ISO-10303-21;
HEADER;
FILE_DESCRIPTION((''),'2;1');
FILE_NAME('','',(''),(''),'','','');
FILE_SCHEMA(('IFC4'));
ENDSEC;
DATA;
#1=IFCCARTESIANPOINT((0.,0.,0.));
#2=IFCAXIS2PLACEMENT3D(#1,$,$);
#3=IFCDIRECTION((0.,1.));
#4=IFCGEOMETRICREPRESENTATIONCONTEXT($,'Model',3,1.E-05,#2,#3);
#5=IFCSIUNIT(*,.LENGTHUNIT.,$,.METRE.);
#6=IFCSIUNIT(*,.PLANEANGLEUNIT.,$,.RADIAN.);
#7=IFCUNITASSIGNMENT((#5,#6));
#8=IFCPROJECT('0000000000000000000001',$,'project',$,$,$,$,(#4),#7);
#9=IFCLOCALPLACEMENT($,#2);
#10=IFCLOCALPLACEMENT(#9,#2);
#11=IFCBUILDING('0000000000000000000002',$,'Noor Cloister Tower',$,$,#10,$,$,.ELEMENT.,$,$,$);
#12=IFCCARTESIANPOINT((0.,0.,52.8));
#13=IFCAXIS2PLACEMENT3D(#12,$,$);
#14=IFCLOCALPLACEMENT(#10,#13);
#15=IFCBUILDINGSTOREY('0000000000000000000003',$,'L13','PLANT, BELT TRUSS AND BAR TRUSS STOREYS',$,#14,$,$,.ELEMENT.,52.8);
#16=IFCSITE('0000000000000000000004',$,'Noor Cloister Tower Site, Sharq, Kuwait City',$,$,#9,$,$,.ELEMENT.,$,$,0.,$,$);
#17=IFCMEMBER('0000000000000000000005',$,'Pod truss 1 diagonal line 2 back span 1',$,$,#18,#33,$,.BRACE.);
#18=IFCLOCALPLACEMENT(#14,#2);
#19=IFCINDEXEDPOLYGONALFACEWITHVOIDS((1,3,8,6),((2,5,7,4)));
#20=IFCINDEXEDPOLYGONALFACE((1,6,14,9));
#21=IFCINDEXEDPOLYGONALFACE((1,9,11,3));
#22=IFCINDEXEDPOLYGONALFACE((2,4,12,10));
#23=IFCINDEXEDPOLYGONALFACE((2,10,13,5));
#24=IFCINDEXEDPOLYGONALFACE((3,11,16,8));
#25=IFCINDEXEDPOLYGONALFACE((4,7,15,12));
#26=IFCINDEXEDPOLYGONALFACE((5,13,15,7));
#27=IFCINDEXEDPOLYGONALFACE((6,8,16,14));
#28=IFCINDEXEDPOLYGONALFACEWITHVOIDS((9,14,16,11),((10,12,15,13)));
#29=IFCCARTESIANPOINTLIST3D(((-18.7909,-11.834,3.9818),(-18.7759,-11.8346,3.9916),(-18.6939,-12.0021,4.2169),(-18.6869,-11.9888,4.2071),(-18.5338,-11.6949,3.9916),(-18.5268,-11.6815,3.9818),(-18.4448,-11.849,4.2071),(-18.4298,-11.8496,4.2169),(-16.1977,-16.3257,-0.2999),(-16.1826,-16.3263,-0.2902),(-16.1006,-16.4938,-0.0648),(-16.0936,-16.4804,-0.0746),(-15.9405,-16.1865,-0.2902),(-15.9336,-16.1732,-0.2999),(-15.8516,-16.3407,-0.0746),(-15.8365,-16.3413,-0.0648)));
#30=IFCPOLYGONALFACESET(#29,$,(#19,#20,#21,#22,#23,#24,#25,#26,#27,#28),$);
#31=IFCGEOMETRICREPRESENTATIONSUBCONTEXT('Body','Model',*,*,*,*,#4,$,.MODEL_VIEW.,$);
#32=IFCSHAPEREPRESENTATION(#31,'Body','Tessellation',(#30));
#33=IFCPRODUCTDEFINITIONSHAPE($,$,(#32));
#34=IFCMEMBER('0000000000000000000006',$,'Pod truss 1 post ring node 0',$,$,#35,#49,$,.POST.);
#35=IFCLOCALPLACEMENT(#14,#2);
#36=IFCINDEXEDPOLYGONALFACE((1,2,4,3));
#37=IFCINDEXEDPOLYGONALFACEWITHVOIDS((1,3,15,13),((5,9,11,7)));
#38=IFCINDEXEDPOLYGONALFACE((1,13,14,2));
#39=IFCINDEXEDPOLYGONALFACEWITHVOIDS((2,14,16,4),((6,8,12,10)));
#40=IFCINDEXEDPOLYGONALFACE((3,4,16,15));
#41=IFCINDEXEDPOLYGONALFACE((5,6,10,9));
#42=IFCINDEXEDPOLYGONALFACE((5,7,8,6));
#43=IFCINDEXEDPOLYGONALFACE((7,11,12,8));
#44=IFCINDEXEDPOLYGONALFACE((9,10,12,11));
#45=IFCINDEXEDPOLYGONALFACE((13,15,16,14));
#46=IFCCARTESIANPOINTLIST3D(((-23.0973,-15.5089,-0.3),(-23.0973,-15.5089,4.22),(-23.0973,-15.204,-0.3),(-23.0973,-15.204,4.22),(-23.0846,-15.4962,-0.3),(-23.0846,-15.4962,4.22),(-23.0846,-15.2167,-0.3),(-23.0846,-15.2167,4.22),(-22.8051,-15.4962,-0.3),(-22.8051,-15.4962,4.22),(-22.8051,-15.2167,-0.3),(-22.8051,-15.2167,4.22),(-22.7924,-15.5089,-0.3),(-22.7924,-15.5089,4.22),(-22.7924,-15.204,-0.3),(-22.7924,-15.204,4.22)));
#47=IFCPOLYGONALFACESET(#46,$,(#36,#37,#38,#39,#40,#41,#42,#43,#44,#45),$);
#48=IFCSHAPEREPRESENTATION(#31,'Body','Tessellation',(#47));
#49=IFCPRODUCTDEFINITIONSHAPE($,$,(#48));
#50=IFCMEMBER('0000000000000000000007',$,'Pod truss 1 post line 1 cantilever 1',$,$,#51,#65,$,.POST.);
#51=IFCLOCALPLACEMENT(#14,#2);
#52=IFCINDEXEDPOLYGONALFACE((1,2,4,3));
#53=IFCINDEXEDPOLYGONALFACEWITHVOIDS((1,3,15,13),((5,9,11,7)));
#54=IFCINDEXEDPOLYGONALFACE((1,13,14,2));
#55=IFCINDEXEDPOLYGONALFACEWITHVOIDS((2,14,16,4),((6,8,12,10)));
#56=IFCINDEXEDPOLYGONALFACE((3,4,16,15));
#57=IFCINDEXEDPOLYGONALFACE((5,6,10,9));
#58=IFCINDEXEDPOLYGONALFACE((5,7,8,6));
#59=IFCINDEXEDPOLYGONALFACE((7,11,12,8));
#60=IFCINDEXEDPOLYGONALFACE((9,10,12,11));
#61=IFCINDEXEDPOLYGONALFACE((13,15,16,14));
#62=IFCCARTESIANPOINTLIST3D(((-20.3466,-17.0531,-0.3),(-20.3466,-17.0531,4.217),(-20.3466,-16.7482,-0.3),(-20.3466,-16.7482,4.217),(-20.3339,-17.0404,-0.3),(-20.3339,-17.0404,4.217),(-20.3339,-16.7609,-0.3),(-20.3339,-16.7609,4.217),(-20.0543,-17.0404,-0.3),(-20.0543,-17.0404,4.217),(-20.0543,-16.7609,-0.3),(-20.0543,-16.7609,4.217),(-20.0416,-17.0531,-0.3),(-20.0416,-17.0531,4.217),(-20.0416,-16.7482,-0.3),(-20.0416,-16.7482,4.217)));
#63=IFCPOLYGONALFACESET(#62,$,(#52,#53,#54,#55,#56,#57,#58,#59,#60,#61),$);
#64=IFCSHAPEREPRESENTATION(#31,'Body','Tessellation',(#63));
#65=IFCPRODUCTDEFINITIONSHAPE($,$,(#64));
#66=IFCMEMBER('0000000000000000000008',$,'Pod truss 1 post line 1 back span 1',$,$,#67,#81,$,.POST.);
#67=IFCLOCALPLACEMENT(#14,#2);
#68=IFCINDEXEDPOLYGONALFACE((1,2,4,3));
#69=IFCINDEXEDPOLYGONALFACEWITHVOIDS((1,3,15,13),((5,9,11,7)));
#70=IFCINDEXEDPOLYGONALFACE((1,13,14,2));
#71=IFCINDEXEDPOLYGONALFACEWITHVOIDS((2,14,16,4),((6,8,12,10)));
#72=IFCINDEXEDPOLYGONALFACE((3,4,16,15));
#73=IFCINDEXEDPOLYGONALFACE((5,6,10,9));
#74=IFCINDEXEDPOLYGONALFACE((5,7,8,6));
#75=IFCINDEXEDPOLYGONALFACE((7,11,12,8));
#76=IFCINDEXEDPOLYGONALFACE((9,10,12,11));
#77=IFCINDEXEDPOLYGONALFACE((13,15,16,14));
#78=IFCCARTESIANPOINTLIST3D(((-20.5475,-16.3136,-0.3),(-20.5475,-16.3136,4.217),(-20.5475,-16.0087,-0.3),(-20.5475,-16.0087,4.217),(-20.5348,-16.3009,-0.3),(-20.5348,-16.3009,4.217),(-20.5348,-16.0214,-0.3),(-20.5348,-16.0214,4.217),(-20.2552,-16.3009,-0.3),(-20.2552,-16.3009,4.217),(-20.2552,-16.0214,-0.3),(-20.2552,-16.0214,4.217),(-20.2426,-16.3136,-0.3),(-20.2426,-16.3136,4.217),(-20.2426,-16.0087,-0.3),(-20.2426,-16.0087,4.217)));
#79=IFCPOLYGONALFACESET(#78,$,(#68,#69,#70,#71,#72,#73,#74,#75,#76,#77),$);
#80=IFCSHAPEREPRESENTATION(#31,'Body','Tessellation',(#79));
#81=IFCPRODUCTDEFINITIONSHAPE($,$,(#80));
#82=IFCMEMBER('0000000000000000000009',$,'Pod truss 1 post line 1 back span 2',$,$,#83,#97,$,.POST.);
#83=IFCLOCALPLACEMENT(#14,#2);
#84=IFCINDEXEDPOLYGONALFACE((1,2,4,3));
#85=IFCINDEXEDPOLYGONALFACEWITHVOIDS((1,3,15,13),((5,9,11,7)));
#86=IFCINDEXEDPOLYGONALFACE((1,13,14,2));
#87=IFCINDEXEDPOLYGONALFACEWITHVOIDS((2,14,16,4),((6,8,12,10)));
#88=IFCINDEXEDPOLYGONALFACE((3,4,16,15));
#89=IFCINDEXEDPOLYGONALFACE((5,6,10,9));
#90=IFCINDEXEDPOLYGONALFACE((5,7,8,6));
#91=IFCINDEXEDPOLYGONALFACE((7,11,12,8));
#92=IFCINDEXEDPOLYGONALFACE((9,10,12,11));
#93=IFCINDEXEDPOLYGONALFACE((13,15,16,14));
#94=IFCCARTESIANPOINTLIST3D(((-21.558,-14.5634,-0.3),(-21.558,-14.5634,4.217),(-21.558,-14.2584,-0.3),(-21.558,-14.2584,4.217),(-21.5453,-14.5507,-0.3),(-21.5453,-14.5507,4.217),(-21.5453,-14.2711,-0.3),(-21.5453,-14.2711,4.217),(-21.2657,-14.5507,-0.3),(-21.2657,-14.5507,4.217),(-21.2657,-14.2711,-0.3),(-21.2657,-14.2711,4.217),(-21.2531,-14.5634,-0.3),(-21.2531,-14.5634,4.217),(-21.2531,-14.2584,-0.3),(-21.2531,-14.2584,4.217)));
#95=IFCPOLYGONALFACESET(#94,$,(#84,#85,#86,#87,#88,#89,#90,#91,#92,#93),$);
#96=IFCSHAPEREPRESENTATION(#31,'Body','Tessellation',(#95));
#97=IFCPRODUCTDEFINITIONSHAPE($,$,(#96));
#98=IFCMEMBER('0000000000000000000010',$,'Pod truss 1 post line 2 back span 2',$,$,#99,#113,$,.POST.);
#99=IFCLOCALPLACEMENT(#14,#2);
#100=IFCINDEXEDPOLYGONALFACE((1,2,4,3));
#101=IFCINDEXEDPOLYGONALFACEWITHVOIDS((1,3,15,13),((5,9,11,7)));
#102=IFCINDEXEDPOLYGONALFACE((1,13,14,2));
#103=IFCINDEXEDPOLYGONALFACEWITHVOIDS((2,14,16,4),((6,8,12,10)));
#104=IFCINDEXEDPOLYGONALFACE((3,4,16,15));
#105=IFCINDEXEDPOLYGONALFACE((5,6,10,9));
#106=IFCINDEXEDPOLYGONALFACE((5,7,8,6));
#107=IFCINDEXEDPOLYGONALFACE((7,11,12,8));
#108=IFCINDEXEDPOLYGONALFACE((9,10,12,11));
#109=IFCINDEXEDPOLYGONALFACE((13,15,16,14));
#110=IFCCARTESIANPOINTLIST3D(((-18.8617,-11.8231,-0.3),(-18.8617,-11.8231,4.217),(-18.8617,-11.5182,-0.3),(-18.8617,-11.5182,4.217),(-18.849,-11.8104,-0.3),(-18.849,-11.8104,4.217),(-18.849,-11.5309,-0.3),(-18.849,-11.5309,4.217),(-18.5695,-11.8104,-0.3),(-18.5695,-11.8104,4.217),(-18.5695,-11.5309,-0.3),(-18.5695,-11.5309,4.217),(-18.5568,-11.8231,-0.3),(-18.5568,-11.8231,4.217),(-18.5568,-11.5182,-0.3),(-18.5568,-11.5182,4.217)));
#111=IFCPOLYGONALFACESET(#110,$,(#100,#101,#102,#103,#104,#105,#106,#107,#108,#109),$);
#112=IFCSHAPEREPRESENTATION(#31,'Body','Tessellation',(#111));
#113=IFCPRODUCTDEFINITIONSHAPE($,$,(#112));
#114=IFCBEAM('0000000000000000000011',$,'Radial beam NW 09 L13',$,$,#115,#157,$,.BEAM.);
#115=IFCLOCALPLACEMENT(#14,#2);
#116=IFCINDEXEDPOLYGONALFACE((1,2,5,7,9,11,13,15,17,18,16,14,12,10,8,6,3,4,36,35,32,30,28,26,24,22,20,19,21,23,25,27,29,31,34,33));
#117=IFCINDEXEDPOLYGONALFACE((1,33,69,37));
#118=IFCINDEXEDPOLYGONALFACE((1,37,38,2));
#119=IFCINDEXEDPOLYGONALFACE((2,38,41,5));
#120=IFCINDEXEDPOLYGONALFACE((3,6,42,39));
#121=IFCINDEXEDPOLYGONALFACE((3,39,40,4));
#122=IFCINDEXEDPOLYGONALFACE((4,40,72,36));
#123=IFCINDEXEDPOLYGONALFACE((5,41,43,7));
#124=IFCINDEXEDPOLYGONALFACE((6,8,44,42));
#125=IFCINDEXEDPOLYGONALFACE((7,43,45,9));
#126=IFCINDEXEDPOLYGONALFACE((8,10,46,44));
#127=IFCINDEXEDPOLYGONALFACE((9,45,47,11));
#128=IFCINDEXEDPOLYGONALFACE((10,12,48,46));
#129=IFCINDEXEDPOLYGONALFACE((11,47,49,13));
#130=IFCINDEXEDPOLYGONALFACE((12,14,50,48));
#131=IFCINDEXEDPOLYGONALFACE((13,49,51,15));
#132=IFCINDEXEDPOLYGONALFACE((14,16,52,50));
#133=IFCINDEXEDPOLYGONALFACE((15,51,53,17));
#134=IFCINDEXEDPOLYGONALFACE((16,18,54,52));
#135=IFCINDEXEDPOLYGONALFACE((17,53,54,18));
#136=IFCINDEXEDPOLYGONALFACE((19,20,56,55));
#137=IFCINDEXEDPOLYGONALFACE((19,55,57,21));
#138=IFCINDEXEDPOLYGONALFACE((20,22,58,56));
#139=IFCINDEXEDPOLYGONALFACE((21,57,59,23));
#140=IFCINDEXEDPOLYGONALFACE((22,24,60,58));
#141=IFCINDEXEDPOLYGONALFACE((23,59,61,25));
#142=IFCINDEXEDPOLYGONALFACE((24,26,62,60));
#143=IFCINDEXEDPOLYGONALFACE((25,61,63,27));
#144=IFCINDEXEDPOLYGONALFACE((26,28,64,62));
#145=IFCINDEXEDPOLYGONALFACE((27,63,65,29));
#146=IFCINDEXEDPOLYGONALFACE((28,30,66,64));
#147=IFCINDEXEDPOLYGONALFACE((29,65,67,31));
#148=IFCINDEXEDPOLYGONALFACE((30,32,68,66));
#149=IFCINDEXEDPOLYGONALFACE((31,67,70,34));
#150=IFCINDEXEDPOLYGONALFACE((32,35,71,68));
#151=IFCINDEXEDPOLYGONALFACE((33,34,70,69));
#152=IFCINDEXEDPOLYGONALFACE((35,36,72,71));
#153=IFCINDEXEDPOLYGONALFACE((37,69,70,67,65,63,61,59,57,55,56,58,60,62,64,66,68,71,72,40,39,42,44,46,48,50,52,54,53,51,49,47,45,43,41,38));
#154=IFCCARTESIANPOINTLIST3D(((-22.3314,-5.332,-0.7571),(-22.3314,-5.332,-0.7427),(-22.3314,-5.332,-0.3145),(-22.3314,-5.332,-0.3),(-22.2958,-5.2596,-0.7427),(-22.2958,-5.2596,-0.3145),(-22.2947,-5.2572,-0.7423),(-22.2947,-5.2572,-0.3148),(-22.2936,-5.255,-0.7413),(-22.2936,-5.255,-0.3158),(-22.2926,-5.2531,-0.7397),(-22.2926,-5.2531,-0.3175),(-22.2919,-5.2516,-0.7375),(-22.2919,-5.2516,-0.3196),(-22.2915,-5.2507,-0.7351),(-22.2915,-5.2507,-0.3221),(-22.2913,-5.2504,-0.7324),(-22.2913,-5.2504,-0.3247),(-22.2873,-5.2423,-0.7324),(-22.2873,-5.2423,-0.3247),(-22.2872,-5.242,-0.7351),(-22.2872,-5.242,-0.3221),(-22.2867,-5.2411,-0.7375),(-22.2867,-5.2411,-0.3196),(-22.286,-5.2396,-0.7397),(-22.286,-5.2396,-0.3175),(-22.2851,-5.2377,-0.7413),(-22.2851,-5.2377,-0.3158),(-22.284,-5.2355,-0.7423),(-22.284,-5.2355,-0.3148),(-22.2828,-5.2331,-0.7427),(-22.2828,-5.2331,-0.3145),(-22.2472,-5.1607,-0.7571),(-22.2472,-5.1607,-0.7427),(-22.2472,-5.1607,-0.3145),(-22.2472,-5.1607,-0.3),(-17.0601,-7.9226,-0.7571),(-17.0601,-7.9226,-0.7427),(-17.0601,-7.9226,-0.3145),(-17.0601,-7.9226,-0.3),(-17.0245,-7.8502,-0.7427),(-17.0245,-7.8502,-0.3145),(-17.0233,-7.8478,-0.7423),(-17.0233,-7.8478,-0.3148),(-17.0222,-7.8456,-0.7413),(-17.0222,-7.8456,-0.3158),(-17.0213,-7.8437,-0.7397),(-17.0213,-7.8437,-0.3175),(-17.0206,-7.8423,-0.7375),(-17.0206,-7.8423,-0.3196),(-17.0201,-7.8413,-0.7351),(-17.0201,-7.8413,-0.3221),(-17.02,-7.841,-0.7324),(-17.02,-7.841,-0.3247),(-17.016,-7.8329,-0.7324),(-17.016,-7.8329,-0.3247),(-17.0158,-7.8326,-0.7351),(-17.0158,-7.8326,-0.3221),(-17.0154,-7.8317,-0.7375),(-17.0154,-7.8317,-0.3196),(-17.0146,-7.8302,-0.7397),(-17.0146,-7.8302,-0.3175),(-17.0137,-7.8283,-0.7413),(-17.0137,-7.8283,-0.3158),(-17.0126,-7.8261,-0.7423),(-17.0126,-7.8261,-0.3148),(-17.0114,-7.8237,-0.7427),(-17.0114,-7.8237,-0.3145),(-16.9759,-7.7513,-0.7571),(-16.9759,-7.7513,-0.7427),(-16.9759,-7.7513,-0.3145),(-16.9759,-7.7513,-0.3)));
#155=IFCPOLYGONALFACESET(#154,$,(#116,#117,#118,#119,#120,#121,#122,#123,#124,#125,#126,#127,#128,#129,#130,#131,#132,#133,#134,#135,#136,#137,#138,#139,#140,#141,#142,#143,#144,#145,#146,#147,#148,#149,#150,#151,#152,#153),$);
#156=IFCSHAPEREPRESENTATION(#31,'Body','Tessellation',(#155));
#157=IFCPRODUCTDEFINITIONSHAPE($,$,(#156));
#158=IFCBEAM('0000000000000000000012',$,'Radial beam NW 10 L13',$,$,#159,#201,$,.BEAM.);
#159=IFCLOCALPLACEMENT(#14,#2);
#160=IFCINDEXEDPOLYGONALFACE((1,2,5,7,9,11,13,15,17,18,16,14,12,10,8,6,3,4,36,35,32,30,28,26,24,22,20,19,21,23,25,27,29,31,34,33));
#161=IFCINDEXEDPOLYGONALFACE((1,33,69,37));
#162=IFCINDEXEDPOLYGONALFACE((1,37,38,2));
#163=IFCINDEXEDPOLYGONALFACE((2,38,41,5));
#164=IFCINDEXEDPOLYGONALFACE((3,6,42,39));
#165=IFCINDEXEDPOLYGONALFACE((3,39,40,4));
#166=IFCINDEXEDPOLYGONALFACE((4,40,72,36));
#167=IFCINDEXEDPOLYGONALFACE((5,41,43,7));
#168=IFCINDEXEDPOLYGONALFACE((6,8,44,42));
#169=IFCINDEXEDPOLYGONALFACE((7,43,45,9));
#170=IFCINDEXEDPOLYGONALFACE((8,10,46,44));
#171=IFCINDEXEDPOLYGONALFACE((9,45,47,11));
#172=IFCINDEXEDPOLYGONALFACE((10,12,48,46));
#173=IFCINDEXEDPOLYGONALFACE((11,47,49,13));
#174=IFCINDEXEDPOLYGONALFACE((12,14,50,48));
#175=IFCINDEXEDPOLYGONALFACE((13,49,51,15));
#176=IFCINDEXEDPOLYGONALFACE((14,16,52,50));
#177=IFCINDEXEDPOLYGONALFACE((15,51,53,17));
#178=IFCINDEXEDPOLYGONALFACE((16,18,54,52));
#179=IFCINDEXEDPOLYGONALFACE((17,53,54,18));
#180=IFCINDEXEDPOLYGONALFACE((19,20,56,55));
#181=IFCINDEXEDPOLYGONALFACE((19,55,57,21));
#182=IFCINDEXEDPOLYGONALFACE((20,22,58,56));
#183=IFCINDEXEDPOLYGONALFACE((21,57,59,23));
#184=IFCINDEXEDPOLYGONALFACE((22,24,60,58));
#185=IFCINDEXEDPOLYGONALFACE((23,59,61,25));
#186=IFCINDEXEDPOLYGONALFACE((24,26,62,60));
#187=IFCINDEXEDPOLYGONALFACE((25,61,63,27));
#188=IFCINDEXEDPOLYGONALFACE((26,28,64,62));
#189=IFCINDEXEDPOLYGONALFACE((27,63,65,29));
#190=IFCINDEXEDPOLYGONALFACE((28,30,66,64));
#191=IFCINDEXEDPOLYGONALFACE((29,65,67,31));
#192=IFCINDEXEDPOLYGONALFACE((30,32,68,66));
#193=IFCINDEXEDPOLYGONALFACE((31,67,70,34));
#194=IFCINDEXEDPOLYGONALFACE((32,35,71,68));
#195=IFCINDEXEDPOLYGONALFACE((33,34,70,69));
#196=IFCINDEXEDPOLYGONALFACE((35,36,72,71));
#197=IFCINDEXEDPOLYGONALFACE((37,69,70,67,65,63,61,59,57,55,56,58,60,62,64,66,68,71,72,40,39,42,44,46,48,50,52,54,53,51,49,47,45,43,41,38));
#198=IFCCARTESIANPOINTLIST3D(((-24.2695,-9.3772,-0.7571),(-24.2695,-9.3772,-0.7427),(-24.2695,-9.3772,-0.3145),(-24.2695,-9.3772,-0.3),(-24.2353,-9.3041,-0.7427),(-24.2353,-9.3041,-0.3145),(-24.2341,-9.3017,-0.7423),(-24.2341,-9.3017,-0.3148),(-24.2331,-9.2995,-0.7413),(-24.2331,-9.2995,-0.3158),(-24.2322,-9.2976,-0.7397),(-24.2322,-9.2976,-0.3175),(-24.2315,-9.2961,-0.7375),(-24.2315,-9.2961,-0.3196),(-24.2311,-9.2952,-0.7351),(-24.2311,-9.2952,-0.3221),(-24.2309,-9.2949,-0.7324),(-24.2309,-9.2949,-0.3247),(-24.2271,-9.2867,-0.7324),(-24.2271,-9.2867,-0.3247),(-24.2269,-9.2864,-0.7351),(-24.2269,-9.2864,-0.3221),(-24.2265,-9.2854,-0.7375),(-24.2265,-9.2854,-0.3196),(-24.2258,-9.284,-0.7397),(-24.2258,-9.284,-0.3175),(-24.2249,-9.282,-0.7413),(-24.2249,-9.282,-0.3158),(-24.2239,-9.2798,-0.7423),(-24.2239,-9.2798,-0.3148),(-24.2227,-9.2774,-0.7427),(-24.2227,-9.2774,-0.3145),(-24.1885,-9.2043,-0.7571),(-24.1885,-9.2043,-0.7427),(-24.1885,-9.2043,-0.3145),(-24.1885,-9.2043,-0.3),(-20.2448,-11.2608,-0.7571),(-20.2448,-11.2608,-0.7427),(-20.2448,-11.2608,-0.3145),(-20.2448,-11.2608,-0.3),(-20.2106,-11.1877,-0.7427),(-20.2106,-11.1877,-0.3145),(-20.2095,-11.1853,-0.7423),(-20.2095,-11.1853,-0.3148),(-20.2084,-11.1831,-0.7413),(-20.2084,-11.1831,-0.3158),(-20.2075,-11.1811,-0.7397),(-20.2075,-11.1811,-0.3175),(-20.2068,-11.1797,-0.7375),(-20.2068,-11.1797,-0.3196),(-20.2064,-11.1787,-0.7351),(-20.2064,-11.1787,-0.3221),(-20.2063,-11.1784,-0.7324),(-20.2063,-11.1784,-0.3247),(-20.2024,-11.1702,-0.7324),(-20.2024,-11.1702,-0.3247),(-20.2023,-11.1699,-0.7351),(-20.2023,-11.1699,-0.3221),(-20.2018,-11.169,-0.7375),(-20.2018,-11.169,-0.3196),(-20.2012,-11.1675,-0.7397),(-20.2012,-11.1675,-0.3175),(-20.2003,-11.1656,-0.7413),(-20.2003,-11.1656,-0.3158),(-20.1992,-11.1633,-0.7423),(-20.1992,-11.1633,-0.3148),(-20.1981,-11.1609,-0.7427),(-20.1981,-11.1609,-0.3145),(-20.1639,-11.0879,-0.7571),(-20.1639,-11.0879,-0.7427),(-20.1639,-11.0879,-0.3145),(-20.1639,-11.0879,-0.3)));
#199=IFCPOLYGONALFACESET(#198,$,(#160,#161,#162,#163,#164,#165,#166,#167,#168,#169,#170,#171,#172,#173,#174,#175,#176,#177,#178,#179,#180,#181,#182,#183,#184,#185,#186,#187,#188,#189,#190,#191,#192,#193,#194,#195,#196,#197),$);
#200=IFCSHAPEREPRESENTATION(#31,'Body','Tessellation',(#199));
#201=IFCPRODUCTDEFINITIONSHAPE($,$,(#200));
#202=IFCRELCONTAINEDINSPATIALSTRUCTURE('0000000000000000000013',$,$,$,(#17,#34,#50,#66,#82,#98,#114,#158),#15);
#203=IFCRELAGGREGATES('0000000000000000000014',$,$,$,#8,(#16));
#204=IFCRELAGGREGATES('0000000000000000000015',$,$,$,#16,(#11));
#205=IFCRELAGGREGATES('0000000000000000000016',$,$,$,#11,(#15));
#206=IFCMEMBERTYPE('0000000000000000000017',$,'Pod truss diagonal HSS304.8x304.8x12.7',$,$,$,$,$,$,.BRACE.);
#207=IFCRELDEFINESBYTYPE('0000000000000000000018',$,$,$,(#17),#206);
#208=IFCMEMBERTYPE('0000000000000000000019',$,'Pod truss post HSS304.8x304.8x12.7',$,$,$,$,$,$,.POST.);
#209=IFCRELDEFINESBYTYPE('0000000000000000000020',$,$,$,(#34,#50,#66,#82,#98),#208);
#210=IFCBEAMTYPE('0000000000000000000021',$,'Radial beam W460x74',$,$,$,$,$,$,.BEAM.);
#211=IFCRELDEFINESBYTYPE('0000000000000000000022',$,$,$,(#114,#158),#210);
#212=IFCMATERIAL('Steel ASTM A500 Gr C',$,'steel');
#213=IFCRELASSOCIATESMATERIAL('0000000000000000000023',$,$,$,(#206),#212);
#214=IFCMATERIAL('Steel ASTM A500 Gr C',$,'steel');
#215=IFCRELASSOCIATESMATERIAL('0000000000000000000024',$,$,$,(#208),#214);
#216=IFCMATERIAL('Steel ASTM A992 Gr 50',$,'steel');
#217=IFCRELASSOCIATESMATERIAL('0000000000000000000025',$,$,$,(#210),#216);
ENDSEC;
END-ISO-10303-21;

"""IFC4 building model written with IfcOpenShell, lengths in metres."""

from ifc_helpers import new_model, si_unit, direction, frame, origin, origin_2d, place, context, subcontext, project, spatial, hollow_rectangle, i_section, extrude, material, material_profile, profile_set, type_object, element, save


model = new_model("IFC4")

# Units and contexts
model_context = context("Model", 3, precision=1e-05, world=origin(), true_north=direction((0.0, 1.0)))
body_context = subcontext(model_context, "Body", "Model", "MODEL_VIEW")
ifc_project = project(units=[si_unit("LENGTHUNIT", "METRE"), si_unit("PLANEANGLEUNIT", "RADIAN")], contexts=[model_context])

# Site, building, storey
site_placement = place(None, origin())
site = spatial("IfcSite", under=ifc_project, at=site_placement, Name="Noor Cloister Tower Site, Sharq, Kuwait City", CompositionType="ELEMENT", RefElevation=0.0)
building_placement = place(site_placement, origin())
building = spatial("IfcBuilding", under=site, at=building_placement, Name="Noor Cloister Tower", CompositionType="ELEMENT")
storey_placement = place(building_placement, frame((0.0, 0.0, 52.8)))
storey = spatial("IfcBuildingStorey", under=building, at=storey_placement, Name="L13", Description="PLANT, BELT TRUSS AND BAR TRUSS STOREYS", CompositionType="ELEMENT", Elevation=52.8)

# Members
ifc_material_1 = material(Name="Steel ASTM A500 Gr C", Category="steel")
ifc_material_profile_1 = material_profile(ifc_material_1, hollow_rectangle(XDim=0.3049, YDim=0.3049, WallThickness=0.0127, at=origin_2d()), Name="HSS304.8x304.8x12.7")
ifc_profile_set_1 = profile_set([ifc_material_profile_1], Name="Steel ASTM A500 Gr C")
member_type_1 = type_object("IfcMemberType", Name="Pod truss diagonal HSS304.8x304.8x12.7", PredefinedType="BRACE", material=ifc_profile_set_1)
member_1_placement = place(storey_placement, frame((-16.0171, -16.3335, -0.1824), z_axis=(-0.385581, 0.667851, 0.636633), x_axis=(-0.866027, -0.499997, 0.0)))
element("IfcMember", 1, at=member_1_placement, inside=storey, type_object=member_type_1, Name="Pod truss 1 diagonal line 2 back span 1", PredefinedType="BRACE", context=body_context, shape_type="SweptSolid", body=[
    extrude(hollow_rectangle(XDim=0.3049, YDim=0.3049, WallThickness=0.0127, at=origin_2d()), origin(), (0.0, 0.0, 1.0), 6.7256),
])
ifc_material_2 = material(Name="Steel ASTM A500 Gr C", Category="steel")
ifc_material_profile_2 = material_profile(ifc_material_2, hollow_rectangle(XDim=0.3049, YDim=0.3049, WallThickness=0.0127, at=origin_2d()), Name="HSS304.8x304.8x12.7")
ifc_profile_set_2 = profile_set([ifc_material_profile_2], Name="Steel ASTM A500 Gr C")
member_type_2 = type_object("IfcMemberType", Name="Pod truss post HSS304.8x304.8x12.7", PredefinedType="POST", material=ifc_profile_set_2)
member_2_placement = place(storey_placement, frame((-22.9448, -15.3564, -0.3), z_axis=(0.0, 0.0, 1.0), x_axis=(1.0, 0.0, 0.0)))
element("IfcMember", 2, at=member_2_placement, inside=storey, type_object=member_type_2, Name="Pod truss 1 post ring node 0", PredefinedType="POST", context=body_context, shape_type="SweptSolid", body=[
    extrude(hollow_rectangle(XDim=0.3049, YDim=0.3049, WallThickness=0.0127, at=origin_2d()), origin(), (0.0, 0.0, 1.0), 4.52),
])
for number, where, z_axis, x_axis, name in (
    (3, (-20.1941, -16.9006, -0.3), (0.0, 0.0, 1.0), (1.0, 0.0, 0.0), "Pod truss 1 post line 1 cantilever 1"),
    (4, (-20.395, -16.1611, -0.3), (0.0, 0.0, 1.0), (1.0, 0.0, 0.0), "Pod truss 1 post line 1 back span 1"),
    (5, (-21.4055, -14.4109, -0.3), (0.0, 0.0, 1.0), (1.0, 0.0, 0.0), "Pod truss 1 post line 1 back span 2"),
    (6, (-18.7092, -11.6707, -0.3), (0.0, 0.0, 1.0), (1.0, 0.0, 0.0), "Pod truss 1 post line 2 back span 2"),
):
    element("IfcMember", number, at=place(storey_placement, frame(where, z_axis=z_axis, x_axis=x_axis)), inside=storey, type_object=member_type_2, Name=name, PredefinedType="POST", context=body_context, shape_type="SweptSolid", body=[
        extrude(hollow_rectangle(XDim=0.3049, YDim=0.3049, WallThickness=0.0127, at=origin_2d()), origin(), (0.0, 0.0, 1.0), 4.5171),
    ])

# Beams
ifc_material_3 = material(Name="Steel ASTM A992 Gr 50", Category="steel")
ifc_material_profile_3 = material_profile(ifc_material_3, i_section(OverallWidth=0.1909, OverallDepth=0.457, WebThickness=0.009, FlangeThickness=0.0144, FilletRadius=0.0103, at=origin_2d()), Name="W460x74")
ifc_profile_set_3 = profile_set([ifc_material_profile_3], Name="Steel ASTM A992 Gr 50")
beam_type_1 = type_object("IfcBeamType", Name="Radial beam W460x74", PredefinedType="BEAM", material=ifc_profile_set_3)
beam_1_placement = place(storey_placement, frame((-22.2893, -5.2463, -0.5286), z_axis=(0.897474, -0.441068, 0.0), x_axis=(0.441068, 0.897474, 0.0)))
element("IfcBeam", 7, at=beam_1_placement, inside=storey, type_object=beam_type_1, Name="Radial beam NW 09 L13", PredefinedType="BEAM", context=body_context, shape_type="SweptSolid", body=[
    extrude(i_section(OverallWidth=0.1909, OverallDepth=0.457, WebThickness=0.009, FlangeThickness=0.0144, FilletRadius=0.0103, at=origin_2d()), origin(), (0.0, 0.0, 1.0), 5.8735),
])
beam_2_placement = place(storey_placement, frame((-24.229, -9.2908, -0.5286), z_axis=(0.905719, -0.423878, 0.0), x_axis=(0.423878, 0.905719, 0.0)))
element("IfcBeam", 8, at=beam_2_placement, inside=storey, type_object=beam_type_1, Name="Radial beam NW 10 L13", PredefinedType="BEAM", context=body_context, shape_type="SweptSolid", body=[
    extrude(i_section(OverallWidth=0.1909, OverallDepth=0.457, WebThickness=0.009, FlangeThickness=0.0144, FilletRadius=0.0103, at=origin_2d()), origin(), (0.0, 0.0, 1.0), 4.4436),
])

save(model, "model.ifc")
